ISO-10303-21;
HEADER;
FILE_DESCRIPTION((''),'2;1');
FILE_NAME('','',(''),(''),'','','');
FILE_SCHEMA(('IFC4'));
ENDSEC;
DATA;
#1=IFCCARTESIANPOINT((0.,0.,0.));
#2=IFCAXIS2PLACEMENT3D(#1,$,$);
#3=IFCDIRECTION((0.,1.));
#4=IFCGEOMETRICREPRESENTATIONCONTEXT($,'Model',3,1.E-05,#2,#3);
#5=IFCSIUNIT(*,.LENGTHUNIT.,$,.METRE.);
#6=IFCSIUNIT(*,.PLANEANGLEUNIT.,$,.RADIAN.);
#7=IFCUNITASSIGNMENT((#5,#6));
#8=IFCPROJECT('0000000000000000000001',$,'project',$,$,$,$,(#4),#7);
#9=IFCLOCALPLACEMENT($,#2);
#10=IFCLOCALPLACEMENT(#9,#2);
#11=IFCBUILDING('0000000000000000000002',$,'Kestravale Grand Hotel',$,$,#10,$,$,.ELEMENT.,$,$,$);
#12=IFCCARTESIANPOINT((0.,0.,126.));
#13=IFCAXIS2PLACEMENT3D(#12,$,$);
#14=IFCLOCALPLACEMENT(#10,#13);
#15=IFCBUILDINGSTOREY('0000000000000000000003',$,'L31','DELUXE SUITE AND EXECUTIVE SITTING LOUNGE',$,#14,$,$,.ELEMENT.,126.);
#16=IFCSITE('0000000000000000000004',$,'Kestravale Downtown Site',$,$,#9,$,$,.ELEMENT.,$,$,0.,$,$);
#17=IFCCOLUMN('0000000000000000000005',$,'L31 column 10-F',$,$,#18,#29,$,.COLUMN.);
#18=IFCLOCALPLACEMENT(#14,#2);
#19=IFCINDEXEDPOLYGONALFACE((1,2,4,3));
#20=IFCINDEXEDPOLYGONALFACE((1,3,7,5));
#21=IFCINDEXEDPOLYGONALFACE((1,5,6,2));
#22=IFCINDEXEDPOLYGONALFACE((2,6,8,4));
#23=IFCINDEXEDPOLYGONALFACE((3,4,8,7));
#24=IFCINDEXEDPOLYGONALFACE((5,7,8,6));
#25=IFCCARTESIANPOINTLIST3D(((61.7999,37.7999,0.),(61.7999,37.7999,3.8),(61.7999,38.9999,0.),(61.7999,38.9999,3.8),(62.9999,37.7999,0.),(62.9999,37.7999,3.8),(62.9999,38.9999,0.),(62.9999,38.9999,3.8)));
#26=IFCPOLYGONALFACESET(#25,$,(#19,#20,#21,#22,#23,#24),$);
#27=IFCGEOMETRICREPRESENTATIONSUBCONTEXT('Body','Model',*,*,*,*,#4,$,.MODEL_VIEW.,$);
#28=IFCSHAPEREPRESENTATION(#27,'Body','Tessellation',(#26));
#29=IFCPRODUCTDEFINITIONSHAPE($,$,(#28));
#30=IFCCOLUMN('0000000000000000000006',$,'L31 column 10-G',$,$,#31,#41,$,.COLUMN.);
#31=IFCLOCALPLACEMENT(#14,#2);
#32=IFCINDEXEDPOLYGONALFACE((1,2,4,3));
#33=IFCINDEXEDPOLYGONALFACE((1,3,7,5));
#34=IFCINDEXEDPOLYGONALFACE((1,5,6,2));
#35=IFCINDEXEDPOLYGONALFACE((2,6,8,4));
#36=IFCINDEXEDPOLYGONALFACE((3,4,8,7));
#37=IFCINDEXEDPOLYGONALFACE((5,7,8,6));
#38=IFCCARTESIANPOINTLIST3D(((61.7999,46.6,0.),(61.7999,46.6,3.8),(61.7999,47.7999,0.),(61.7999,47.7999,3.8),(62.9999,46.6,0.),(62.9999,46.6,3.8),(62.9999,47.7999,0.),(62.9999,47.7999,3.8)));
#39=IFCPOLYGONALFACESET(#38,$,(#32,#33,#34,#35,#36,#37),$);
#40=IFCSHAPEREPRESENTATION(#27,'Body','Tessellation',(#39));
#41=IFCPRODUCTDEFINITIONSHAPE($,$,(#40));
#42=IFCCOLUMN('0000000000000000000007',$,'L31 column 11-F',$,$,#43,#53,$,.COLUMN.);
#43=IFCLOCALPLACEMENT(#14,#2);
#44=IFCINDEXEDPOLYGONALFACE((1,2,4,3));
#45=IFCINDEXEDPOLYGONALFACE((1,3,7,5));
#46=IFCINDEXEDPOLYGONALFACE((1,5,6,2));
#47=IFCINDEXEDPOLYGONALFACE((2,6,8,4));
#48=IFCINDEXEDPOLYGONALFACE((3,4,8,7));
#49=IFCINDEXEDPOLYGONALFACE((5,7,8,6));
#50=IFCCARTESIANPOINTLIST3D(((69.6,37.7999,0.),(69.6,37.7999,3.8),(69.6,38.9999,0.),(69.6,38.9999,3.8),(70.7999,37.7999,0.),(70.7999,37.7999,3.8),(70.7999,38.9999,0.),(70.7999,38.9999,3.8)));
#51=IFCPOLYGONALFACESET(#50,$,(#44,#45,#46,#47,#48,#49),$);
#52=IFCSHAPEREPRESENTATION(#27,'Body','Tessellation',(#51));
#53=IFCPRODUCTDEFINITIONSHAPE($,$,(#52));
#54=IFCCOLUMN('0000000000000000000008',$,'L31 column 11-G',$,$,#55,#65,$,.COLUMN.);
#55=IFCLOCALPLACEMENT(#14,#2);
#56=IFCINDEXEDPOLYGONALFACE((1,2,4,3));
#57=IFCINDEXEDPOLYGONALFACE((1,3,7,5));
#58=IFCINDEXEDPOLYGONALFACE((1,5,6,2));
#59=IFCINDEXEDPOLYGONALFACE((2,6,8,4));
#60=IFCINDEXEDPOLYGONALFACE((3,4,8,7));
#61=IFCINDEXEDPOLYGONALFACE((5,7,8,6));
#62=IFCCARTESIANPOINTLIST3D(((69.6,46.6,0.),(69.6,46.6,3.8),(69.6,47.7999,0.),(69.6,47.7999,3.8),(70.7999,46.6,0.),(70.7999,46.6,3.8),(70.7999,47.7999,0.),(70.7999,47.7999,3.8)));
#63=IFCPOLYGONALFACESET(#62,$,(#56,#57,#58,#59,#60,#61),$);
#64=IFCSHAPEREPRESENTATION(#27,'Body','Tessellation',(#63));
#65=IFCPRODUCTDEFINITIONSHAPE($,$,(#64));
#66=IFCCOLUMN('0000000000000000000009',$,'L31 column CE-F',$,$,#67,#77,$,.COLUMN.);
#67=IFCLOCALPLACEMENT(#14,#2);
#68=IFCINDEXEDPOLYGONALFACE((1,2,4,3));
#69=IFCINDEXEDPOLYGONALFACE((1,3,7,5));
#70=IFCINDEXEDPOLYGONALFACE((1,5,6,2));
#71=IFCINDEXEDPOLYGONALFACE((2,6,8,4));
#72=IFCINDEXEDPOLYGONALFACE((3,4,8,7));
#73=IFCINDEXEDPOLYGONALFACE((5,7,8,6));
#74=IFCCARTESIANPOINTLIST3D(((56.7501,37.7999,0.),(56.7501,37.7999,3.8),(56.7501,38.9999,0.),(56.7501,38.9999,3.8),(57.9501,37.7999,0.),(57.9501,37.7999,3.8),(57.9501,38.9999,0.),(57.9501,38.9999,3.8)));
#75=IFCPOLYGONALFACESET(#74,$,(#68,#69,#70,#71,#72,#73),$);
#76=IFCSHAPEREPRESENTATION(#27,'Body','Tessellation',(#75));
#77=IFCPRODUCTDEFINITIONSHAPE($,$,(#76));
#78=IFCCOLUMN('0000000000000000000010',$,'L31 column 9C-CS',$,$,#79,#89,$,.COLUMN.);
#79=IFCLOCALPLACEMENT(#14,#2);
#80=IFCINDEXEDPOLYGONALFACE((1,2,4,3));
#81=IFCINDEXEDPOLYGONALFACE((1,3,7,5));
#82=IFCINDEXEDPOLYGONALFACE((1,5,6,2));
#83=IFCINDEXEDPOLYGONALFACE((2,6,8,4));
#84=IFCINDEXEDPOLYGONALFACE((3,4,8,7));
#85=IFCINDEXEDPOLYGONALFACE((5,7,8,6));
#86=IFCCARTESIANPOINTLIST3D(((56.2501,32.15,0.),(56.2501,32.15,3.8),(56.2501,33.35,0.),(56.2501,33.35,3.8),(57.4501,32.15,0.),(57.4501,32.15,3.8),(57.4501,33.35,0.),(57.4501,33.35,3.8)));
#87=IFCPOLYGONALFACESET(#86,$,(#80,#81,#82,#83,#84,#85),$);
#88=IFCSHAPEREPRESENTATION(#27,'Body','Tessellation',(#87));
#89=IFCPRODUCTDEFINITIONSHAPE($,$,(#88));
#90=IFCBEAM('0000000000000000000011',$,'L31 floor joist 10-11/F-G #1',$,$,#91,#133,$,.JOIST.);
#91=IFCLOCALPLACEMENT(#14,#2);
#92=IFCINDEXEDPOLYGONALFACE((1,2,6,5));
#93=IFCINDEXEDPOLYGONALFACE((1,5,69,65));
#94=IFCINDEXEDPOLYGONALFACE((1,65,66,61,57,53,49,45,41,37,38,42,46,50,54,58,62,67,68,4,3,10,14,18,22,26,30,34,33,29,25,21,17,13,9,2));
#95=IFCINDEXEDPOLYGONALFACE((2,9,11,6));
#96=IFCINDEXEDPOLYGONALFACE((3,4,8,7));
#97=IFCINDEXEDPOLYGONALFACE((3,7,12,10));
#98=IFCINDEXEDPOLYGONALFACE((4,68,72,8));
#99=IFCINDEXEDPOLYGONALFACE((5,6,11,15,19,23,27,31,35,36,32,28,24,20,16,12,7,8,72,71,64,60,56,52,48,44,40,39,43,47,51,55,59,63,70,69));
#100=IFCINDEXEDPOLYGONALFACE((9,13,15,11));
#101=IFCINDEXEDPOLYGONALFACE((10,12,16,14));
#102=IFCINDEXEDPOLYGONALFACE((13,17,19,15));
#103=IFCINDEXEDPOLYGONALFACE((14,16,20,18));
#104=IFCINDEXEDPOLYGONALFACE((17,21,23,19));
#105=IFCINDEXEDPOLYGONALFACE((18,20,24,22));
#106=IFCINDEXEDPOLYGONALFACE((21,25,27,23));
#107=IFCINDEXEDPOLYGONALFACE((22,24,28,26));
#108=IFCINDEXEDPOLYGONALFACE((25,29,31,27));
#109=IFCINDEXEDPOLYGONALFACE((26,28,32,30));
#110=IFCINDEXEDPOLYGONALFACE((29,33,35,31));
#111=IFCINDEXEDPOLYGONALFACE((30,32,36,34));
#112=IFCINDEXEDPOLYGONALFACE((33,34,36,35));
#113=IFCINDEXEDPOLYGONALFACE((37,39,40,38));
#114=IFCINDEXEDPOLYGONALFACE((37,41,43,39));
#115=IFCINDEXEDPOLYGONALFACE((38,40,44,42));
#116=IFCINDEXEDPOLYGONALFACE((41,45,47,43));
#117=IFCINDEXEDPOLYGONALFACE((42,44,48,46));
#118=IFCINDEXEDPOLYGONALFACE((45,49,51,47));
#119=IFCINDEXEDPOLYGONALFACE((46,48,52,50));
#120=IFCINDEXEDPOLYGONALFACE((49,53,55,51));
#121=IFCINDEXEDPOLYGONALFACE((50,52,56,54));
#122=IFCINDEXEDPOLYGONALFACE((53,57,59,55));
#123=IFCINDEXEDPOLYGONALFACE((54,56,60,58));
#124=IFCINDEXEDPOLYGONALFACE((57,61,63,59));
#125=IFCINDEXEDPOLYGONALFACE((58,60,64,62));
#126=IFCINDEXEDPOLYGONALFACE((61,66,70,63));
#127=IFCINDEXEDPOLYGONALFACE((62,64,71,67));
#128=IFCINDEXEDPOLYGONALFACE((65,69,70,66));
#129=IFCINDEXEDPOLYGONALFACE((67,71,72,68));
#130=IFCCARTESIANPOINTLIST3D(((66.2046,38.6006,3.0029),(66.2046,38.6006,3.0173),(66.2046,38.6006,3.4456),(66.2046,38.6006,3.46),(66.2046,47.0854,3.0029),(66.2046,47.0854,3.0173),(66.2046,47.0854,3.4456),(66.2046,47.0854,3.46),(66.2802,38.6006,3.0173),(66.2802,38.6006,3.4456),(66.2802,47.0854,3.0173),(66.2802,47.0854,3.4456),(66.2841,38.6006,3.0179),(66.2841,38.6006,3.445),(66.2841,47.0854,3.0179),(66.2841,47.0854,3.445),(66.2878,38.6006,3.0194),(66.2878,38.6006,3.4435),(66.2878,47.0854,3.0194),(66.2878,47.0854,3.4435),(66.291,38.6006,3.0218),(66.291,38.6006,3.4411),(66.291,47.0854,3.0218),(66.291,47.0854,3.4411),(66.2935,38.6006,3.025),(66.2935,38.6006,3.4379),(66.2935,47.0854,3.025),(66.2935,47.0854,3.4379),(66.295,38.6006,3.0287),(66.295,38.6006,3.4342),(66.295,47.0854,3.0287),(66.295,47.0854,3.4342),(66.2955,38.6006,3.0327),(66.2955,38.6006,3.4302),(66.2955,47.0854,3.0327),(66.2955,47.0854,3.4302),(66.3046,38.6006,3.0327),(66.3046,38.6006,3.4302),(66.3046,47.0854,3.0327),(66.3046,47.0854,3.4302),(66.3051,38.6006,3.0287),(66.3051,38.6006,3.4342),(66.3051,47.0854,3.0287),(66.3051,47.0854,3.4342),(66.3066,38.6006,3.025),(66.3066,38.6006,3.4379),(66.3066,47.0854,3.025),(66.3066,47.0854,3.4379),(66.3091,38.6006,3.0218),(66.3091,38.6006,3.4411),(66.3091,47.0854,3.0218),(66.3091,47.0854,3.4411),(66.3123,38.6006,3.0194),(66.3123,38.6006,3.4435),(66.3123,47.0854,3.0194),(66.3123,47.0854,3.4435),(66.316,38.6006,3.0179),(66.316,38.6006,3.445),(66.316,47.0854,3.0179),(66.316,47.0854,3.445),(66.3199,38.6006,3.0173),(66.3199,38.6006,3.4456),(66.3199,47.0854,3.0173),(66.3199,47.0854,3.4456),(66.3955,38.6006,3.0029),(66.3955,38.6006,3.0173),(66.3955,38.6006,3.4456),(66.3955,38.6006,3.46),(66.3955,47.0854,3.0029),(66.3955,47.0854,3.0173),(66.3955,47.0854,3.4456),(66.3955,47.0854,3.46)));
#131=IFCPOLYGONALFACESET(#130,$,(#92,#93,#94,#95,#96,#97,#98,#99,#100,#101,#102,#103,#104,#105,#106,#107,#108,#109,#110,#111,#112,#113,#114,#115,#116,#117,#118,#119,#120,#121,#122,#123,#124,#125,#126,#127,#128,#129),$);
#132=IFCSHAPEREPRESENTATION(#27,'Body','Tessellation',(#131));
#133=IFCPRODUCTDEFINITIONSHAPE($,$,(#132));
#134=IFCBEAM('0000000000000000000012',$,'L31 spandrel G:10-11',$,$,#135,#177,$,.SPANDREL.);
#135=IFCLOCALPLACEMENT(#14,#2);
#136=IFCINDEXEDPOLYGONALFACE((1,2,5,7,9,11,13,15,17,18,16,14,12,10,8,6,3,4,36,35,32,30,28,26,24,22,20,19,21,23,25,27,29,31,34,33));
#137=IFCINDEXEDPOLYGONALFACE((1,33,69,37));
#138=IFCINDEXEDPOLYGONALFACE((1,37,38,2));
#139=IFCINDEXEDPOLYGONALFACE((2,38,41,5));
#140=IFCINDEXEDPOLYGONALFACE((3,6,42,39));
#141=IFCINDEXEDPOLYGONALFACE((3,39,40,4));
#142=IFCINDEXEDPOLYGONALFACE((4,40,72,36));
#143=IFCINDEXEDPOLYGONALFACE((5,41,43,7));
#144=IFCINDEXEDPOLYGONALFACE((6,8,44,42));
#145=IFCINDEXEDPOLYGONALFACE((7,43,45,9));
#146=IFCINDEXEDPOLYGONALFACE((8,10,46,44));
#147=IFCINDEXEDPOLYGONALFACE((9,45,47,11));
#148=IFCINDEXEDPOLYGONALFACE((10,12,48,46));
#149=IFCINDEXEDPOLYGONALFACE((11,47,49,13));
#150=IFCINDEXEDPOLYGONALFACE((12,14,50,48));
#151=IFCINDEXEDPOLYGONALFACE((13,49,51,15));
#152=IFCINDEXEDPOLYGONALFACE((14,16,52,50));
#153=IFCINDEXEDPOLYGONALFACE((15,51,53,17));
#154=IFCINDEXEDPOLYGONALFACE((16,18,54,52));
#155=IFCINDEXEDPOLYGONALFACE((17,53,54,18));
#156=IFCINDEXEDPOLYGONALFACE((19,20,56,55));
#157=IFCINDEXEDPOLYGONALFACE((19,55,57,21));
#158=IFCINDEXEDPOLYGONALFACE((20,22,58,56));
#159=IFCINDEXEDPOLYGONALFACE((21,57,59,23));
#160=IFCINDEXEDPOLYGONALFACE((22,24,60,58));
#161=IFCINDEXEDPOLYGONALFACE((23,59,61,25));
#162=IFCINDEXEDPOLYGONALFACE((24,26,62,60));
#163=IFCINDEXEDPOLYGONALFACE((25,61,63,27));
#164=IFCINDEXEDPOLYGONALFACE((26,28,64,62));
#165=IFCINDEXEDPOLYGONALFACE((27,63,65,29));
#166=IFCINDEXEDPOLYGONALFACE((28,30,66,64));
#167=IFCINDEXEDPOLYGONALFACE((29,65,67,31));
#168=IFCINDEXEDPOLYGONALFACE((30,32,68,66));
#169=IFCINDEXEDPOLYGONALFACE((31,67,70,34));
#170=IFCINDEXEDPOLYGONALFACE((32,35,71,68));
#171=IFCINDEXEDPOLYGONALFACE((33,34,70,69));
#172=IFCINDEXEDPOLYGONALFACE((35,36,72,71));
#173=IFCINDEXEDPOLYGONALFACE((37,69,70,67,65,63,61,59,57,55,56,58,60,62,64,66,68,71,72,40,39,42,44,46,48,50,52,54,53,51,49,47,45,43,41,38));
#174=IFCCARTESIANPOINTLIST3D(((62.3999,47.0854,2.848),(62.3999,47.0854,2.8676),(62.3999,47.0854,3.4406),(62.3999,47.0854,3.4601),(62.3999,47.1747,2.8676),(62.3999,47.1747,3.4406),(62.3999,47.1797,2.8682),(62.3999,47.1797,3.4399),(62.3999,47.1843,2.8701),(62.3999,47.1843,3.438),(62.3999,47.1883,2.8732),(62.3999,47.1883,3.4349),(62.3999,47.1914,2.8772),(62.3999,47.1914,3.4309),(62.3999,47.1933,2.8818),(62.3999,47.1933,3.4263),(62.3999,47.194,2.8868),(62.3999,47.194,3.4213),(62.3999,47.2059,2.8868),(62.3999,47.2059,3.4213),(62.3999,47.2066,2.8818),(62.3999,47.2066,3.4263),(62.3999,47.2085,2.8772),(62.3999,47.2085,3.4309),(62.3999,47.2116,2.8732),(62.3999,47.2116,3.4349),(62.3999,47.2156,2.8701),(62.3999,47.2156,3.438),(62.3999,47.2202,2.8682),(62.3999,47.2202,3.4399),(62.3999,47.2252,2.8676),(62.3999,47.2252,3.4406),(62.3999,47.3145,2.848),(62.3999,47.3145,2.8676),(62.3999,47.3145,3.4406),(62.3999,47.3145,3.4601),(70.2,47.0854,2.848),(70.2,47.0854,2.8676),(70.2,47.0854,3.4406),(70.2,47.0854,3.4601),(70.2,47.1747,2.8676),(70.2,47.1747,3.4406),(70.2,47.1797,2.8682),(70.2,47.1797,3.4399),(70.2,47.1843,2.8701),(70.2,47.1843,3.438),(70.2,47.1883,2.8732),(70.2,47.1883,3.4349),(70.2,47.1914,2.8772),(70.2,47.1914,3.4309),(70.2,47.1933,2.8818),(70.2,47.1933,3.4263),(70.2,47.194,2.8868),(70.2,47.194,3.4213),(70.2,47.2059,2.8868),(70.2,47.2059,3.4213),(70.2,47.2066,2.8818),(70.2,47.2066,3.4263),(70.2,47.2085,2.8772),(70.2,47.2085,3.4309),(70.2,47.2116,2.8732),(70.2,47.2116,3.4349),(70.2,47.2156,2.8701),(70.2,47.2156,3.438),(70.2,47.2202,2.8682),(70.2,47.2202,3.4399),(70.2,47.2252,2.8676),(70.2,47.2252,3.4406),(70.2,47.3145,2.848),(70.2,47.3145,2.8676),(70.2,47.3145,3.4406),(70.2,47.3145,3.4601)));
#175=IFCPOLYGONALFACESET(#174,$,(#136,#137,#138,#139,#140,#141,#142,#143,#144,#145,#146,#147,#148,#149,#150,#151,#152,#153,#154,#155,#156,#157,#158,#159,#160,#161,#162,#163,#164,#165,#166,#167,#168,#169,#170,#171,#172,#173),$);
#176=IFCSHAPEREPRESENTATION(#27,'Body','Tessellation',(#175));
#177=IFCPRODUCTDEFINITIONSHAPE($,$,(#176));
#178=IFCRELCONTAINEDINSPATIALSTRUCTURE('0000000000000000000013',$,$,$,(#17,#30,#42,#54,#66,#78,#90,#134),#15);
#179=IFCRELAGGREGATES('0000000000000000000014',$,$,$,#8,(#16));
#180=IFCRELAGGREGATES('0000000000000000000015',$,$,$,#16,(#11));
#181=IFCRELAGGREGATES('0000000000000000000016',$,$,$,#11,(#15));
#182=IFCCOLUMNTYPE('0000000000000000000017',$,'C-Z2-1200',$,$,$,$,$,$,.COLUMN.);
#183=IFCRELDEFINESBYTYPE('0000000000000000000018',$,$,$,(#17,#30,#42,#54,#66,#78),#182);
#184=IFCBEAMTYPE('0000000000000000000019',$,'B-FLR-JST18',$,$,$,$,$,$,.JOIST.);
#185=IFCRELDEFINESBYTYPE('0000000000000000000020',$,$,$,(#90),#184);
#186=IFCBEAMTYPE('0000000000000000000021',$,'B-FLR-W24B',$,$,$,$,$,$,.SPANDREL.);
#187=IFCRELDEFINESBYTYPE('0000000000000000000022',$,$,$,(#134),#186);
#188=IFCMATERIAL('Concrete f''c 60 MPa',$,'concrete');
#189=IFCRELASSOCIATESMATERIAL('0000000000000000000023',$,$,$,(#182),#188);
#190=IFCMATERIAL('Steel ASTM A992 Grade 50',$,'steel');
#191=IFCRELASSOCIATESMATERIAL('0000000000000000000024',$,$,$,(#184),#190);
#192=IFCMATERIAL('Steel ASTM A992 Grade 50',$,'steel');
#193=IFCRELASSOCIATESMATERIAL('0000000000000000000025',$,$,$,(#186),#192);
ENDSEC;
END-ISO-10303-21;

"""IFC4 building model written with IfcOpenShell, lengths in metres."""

from ifc_helpers import new_model, si_unit, direction, frame, origin, origin_2d, place, context, subcontext, project, spatial, rectangle, i_section, extrude, material, material_profile, profile_set, type_object, element, save


model = new_model("IFC4")

# Units and contexts
model_context = context("Model", 3, precision=1e-05, world=origin(), true_north=direction((0.0, 1.0)))
body_context = subcontext(model_context, "Body", "Model", "MODEL_VIEW")
ifc_project = project(units=[si_unit("LENGTHUNIT", "METRE"), si_unit("PLANEANGLEUNIT", "RADIAN")], contexts=[model_context])

# Site, building, storey
site_placement = place(None, origin())
site = spatial("IfcSite", under=ifc_project, at=site_placement, Name="Kestravale Downtown Site", CompositionType="ELEMENT", RefElevation=0.0)
building_placement = place(site_placement, origin())
building = spatial("IfcBuilding", under=site, at=building_placement, Name="Kestravale Grand Hotel", CompositionType="ELEMENT")
storey_placement = place(building_placement, frame((0.0, 0.0, 126.0)))
storey = spatial("IfcBuildingStorey", under=building, at=storey_placement, Name="L31", Description="DELUXE SUITE AND EXECUTIVE SITTING LOUNGE", CompositionType="ELEMENT", Elevation=126.0)

# Columns
ifc_material_1 = material(Name="Concrete f'c 60 MPa", Category="concrete")
ifc_material_profile_1 = material_profile(ifc_material_1, rectangle(XDim=1.2, YDim=1.2, at=origin_2d()))
ifc_profile_set_1 = profile_set([ifc_material_profile_1], Name="Concrete f'c 60 MPa")
column_type = type_object("IfcColumnType", Name="C-Z2-1200", PredefinedType="COLUMN", material=ifc_profile_set_1)
for number, where, z_axis, x_axis, name in (
    (1, (62.3999, 38.3999, 0.0), (0.0, 0.0, 1.0), (1.0, 0.0, 0.0), "L31 column 10-F"),
    (2, (62.3999, 47.2, 0.0), (0.0, 0.0, 1.0), (1.0, 0.0, 0.0), "L31 column 10-G"),
    (3, (70.2, 38.3999, 0.0), (0.0, 0.0, 1.0), (1.0, 0.0, 0.0), "L31 column 11-F"),
    (4, (70.2, 47.2, 0.0), (0.0, 0.0, 1.0), (1.0, 0.0, 0.0), "L31 column 11-G"),
    (5, (57.3501, 38.3999, 0.0), (0.0, 0.0, 1.0), (1.0, 0.0, 0.0), "L31 column CE-F"),
    (6, (56.8501, 32.75, 0.0), (0.0, 0.0, 1.0), (1.0, 0.0, 0.0), "L31 column 9C-CS"),
):
    element("IfcColumn", number, at=place(storey_placement, frame(where, z_axis=z_axis, x_axis=x_axis)), inside=storey, type_object=column_type, Name=name, PredefinedType="COLUMN", context=body_context, shape_type="SweptSolid", body=[
        extrude(rectangle(XDim=1.2, YDim=1.2, at=origin_2d()), origin(), (0.0, 0.0, 1.0), 3.8),
    ])

# Beams
ifc_material_2 = material(Name="Steel ASTM A992 Grade 50", Category="steel")
ifc_material_profile_2 = material_profile(ifc_material_2, i_section(OverallWidth=0.1909, OverallDepth=0.457, WebThickness=0.009, FlangeThickness=0.0144, FilletRadius=0.0154, at=origin_2d()))
ifc_profile_set_2 = profile_set([ifc_material_profile_2], Name="Steel ASTM A992 Grade 50")
beam_type_1 = type_object("IfcBeamType", Name="B-FLR-JST18", PredefinedType="JOIST", material=ifc_profile_set_2)
beam_1_placement = place(storey_placement, frame((66.3, 38.6006, 3.2314), z_axis=(0.0, 1.0, 0.0), x_axis=(-1.0, 0.0, 0.0)))
element("IfcBeam", 7, at=beam_1_placement, inside=storey, type_object=beam_type_1, Name="L31 floor joist 10-11/F-G #1", PredefinedType="JOIST", context=body_context, shape_type="SweptSolid", body=[
    extrude(i_section(OverallWidth=0.1909, OverallDepth=0.457, WebThickness=0.009, FlangeThickness=0.0144, FilletRadius=0.0154, at=origin_2d()), origin(), (0.0, 0.0, 1.0), 8.4849),
])
ifc_material_3 = material(Name="Steel ASTM A992 Grade 50", Category="steel")
ifc_material_profile_3 = material_profile(ifc_material_3, i_section(OverallWidth=0.229, OverallDepth=0.6121, WebThickness=0.012, FlangeThickness=0.0195, FilletRadius=0.0193, at=origin_2d()))
ifc_profile_set_3 = profile_set([ifc_material_profile_3], Name="Steel ASTM A992 Grade 50")
beam_type_2 = type_object("IfcBeamType", Name="B-FLR-W24B", PredefinedType="SPANDREL", material=ifc_profile_set_3)
beam_2_placement = place(storey_placement, frame((62.3999, 47.2, 3.1541), z_axis=(1.0, 0.0, 0.0), x_axis=(0.0, 1.0, 0.0)))
element("IfcBeam", 8, at=beam_2_placement, inside=storey, type_object=beam_type_2, Name="L31 spandrel G:10-11", PredefinedType="SPANDREL", context=body_context, shape_type="SweptSolid", body=[
    extrude(i_section(OverallWidth=0.229, OverallDepth=0.6121, WebThickness=0.012, FlangeThickness=0.0195, FilletRadius=0.0193, at=origin_2d()), origin(), (0.0, 0.0, 1.0), 7.8),
])

save(model, "model.ifc")
